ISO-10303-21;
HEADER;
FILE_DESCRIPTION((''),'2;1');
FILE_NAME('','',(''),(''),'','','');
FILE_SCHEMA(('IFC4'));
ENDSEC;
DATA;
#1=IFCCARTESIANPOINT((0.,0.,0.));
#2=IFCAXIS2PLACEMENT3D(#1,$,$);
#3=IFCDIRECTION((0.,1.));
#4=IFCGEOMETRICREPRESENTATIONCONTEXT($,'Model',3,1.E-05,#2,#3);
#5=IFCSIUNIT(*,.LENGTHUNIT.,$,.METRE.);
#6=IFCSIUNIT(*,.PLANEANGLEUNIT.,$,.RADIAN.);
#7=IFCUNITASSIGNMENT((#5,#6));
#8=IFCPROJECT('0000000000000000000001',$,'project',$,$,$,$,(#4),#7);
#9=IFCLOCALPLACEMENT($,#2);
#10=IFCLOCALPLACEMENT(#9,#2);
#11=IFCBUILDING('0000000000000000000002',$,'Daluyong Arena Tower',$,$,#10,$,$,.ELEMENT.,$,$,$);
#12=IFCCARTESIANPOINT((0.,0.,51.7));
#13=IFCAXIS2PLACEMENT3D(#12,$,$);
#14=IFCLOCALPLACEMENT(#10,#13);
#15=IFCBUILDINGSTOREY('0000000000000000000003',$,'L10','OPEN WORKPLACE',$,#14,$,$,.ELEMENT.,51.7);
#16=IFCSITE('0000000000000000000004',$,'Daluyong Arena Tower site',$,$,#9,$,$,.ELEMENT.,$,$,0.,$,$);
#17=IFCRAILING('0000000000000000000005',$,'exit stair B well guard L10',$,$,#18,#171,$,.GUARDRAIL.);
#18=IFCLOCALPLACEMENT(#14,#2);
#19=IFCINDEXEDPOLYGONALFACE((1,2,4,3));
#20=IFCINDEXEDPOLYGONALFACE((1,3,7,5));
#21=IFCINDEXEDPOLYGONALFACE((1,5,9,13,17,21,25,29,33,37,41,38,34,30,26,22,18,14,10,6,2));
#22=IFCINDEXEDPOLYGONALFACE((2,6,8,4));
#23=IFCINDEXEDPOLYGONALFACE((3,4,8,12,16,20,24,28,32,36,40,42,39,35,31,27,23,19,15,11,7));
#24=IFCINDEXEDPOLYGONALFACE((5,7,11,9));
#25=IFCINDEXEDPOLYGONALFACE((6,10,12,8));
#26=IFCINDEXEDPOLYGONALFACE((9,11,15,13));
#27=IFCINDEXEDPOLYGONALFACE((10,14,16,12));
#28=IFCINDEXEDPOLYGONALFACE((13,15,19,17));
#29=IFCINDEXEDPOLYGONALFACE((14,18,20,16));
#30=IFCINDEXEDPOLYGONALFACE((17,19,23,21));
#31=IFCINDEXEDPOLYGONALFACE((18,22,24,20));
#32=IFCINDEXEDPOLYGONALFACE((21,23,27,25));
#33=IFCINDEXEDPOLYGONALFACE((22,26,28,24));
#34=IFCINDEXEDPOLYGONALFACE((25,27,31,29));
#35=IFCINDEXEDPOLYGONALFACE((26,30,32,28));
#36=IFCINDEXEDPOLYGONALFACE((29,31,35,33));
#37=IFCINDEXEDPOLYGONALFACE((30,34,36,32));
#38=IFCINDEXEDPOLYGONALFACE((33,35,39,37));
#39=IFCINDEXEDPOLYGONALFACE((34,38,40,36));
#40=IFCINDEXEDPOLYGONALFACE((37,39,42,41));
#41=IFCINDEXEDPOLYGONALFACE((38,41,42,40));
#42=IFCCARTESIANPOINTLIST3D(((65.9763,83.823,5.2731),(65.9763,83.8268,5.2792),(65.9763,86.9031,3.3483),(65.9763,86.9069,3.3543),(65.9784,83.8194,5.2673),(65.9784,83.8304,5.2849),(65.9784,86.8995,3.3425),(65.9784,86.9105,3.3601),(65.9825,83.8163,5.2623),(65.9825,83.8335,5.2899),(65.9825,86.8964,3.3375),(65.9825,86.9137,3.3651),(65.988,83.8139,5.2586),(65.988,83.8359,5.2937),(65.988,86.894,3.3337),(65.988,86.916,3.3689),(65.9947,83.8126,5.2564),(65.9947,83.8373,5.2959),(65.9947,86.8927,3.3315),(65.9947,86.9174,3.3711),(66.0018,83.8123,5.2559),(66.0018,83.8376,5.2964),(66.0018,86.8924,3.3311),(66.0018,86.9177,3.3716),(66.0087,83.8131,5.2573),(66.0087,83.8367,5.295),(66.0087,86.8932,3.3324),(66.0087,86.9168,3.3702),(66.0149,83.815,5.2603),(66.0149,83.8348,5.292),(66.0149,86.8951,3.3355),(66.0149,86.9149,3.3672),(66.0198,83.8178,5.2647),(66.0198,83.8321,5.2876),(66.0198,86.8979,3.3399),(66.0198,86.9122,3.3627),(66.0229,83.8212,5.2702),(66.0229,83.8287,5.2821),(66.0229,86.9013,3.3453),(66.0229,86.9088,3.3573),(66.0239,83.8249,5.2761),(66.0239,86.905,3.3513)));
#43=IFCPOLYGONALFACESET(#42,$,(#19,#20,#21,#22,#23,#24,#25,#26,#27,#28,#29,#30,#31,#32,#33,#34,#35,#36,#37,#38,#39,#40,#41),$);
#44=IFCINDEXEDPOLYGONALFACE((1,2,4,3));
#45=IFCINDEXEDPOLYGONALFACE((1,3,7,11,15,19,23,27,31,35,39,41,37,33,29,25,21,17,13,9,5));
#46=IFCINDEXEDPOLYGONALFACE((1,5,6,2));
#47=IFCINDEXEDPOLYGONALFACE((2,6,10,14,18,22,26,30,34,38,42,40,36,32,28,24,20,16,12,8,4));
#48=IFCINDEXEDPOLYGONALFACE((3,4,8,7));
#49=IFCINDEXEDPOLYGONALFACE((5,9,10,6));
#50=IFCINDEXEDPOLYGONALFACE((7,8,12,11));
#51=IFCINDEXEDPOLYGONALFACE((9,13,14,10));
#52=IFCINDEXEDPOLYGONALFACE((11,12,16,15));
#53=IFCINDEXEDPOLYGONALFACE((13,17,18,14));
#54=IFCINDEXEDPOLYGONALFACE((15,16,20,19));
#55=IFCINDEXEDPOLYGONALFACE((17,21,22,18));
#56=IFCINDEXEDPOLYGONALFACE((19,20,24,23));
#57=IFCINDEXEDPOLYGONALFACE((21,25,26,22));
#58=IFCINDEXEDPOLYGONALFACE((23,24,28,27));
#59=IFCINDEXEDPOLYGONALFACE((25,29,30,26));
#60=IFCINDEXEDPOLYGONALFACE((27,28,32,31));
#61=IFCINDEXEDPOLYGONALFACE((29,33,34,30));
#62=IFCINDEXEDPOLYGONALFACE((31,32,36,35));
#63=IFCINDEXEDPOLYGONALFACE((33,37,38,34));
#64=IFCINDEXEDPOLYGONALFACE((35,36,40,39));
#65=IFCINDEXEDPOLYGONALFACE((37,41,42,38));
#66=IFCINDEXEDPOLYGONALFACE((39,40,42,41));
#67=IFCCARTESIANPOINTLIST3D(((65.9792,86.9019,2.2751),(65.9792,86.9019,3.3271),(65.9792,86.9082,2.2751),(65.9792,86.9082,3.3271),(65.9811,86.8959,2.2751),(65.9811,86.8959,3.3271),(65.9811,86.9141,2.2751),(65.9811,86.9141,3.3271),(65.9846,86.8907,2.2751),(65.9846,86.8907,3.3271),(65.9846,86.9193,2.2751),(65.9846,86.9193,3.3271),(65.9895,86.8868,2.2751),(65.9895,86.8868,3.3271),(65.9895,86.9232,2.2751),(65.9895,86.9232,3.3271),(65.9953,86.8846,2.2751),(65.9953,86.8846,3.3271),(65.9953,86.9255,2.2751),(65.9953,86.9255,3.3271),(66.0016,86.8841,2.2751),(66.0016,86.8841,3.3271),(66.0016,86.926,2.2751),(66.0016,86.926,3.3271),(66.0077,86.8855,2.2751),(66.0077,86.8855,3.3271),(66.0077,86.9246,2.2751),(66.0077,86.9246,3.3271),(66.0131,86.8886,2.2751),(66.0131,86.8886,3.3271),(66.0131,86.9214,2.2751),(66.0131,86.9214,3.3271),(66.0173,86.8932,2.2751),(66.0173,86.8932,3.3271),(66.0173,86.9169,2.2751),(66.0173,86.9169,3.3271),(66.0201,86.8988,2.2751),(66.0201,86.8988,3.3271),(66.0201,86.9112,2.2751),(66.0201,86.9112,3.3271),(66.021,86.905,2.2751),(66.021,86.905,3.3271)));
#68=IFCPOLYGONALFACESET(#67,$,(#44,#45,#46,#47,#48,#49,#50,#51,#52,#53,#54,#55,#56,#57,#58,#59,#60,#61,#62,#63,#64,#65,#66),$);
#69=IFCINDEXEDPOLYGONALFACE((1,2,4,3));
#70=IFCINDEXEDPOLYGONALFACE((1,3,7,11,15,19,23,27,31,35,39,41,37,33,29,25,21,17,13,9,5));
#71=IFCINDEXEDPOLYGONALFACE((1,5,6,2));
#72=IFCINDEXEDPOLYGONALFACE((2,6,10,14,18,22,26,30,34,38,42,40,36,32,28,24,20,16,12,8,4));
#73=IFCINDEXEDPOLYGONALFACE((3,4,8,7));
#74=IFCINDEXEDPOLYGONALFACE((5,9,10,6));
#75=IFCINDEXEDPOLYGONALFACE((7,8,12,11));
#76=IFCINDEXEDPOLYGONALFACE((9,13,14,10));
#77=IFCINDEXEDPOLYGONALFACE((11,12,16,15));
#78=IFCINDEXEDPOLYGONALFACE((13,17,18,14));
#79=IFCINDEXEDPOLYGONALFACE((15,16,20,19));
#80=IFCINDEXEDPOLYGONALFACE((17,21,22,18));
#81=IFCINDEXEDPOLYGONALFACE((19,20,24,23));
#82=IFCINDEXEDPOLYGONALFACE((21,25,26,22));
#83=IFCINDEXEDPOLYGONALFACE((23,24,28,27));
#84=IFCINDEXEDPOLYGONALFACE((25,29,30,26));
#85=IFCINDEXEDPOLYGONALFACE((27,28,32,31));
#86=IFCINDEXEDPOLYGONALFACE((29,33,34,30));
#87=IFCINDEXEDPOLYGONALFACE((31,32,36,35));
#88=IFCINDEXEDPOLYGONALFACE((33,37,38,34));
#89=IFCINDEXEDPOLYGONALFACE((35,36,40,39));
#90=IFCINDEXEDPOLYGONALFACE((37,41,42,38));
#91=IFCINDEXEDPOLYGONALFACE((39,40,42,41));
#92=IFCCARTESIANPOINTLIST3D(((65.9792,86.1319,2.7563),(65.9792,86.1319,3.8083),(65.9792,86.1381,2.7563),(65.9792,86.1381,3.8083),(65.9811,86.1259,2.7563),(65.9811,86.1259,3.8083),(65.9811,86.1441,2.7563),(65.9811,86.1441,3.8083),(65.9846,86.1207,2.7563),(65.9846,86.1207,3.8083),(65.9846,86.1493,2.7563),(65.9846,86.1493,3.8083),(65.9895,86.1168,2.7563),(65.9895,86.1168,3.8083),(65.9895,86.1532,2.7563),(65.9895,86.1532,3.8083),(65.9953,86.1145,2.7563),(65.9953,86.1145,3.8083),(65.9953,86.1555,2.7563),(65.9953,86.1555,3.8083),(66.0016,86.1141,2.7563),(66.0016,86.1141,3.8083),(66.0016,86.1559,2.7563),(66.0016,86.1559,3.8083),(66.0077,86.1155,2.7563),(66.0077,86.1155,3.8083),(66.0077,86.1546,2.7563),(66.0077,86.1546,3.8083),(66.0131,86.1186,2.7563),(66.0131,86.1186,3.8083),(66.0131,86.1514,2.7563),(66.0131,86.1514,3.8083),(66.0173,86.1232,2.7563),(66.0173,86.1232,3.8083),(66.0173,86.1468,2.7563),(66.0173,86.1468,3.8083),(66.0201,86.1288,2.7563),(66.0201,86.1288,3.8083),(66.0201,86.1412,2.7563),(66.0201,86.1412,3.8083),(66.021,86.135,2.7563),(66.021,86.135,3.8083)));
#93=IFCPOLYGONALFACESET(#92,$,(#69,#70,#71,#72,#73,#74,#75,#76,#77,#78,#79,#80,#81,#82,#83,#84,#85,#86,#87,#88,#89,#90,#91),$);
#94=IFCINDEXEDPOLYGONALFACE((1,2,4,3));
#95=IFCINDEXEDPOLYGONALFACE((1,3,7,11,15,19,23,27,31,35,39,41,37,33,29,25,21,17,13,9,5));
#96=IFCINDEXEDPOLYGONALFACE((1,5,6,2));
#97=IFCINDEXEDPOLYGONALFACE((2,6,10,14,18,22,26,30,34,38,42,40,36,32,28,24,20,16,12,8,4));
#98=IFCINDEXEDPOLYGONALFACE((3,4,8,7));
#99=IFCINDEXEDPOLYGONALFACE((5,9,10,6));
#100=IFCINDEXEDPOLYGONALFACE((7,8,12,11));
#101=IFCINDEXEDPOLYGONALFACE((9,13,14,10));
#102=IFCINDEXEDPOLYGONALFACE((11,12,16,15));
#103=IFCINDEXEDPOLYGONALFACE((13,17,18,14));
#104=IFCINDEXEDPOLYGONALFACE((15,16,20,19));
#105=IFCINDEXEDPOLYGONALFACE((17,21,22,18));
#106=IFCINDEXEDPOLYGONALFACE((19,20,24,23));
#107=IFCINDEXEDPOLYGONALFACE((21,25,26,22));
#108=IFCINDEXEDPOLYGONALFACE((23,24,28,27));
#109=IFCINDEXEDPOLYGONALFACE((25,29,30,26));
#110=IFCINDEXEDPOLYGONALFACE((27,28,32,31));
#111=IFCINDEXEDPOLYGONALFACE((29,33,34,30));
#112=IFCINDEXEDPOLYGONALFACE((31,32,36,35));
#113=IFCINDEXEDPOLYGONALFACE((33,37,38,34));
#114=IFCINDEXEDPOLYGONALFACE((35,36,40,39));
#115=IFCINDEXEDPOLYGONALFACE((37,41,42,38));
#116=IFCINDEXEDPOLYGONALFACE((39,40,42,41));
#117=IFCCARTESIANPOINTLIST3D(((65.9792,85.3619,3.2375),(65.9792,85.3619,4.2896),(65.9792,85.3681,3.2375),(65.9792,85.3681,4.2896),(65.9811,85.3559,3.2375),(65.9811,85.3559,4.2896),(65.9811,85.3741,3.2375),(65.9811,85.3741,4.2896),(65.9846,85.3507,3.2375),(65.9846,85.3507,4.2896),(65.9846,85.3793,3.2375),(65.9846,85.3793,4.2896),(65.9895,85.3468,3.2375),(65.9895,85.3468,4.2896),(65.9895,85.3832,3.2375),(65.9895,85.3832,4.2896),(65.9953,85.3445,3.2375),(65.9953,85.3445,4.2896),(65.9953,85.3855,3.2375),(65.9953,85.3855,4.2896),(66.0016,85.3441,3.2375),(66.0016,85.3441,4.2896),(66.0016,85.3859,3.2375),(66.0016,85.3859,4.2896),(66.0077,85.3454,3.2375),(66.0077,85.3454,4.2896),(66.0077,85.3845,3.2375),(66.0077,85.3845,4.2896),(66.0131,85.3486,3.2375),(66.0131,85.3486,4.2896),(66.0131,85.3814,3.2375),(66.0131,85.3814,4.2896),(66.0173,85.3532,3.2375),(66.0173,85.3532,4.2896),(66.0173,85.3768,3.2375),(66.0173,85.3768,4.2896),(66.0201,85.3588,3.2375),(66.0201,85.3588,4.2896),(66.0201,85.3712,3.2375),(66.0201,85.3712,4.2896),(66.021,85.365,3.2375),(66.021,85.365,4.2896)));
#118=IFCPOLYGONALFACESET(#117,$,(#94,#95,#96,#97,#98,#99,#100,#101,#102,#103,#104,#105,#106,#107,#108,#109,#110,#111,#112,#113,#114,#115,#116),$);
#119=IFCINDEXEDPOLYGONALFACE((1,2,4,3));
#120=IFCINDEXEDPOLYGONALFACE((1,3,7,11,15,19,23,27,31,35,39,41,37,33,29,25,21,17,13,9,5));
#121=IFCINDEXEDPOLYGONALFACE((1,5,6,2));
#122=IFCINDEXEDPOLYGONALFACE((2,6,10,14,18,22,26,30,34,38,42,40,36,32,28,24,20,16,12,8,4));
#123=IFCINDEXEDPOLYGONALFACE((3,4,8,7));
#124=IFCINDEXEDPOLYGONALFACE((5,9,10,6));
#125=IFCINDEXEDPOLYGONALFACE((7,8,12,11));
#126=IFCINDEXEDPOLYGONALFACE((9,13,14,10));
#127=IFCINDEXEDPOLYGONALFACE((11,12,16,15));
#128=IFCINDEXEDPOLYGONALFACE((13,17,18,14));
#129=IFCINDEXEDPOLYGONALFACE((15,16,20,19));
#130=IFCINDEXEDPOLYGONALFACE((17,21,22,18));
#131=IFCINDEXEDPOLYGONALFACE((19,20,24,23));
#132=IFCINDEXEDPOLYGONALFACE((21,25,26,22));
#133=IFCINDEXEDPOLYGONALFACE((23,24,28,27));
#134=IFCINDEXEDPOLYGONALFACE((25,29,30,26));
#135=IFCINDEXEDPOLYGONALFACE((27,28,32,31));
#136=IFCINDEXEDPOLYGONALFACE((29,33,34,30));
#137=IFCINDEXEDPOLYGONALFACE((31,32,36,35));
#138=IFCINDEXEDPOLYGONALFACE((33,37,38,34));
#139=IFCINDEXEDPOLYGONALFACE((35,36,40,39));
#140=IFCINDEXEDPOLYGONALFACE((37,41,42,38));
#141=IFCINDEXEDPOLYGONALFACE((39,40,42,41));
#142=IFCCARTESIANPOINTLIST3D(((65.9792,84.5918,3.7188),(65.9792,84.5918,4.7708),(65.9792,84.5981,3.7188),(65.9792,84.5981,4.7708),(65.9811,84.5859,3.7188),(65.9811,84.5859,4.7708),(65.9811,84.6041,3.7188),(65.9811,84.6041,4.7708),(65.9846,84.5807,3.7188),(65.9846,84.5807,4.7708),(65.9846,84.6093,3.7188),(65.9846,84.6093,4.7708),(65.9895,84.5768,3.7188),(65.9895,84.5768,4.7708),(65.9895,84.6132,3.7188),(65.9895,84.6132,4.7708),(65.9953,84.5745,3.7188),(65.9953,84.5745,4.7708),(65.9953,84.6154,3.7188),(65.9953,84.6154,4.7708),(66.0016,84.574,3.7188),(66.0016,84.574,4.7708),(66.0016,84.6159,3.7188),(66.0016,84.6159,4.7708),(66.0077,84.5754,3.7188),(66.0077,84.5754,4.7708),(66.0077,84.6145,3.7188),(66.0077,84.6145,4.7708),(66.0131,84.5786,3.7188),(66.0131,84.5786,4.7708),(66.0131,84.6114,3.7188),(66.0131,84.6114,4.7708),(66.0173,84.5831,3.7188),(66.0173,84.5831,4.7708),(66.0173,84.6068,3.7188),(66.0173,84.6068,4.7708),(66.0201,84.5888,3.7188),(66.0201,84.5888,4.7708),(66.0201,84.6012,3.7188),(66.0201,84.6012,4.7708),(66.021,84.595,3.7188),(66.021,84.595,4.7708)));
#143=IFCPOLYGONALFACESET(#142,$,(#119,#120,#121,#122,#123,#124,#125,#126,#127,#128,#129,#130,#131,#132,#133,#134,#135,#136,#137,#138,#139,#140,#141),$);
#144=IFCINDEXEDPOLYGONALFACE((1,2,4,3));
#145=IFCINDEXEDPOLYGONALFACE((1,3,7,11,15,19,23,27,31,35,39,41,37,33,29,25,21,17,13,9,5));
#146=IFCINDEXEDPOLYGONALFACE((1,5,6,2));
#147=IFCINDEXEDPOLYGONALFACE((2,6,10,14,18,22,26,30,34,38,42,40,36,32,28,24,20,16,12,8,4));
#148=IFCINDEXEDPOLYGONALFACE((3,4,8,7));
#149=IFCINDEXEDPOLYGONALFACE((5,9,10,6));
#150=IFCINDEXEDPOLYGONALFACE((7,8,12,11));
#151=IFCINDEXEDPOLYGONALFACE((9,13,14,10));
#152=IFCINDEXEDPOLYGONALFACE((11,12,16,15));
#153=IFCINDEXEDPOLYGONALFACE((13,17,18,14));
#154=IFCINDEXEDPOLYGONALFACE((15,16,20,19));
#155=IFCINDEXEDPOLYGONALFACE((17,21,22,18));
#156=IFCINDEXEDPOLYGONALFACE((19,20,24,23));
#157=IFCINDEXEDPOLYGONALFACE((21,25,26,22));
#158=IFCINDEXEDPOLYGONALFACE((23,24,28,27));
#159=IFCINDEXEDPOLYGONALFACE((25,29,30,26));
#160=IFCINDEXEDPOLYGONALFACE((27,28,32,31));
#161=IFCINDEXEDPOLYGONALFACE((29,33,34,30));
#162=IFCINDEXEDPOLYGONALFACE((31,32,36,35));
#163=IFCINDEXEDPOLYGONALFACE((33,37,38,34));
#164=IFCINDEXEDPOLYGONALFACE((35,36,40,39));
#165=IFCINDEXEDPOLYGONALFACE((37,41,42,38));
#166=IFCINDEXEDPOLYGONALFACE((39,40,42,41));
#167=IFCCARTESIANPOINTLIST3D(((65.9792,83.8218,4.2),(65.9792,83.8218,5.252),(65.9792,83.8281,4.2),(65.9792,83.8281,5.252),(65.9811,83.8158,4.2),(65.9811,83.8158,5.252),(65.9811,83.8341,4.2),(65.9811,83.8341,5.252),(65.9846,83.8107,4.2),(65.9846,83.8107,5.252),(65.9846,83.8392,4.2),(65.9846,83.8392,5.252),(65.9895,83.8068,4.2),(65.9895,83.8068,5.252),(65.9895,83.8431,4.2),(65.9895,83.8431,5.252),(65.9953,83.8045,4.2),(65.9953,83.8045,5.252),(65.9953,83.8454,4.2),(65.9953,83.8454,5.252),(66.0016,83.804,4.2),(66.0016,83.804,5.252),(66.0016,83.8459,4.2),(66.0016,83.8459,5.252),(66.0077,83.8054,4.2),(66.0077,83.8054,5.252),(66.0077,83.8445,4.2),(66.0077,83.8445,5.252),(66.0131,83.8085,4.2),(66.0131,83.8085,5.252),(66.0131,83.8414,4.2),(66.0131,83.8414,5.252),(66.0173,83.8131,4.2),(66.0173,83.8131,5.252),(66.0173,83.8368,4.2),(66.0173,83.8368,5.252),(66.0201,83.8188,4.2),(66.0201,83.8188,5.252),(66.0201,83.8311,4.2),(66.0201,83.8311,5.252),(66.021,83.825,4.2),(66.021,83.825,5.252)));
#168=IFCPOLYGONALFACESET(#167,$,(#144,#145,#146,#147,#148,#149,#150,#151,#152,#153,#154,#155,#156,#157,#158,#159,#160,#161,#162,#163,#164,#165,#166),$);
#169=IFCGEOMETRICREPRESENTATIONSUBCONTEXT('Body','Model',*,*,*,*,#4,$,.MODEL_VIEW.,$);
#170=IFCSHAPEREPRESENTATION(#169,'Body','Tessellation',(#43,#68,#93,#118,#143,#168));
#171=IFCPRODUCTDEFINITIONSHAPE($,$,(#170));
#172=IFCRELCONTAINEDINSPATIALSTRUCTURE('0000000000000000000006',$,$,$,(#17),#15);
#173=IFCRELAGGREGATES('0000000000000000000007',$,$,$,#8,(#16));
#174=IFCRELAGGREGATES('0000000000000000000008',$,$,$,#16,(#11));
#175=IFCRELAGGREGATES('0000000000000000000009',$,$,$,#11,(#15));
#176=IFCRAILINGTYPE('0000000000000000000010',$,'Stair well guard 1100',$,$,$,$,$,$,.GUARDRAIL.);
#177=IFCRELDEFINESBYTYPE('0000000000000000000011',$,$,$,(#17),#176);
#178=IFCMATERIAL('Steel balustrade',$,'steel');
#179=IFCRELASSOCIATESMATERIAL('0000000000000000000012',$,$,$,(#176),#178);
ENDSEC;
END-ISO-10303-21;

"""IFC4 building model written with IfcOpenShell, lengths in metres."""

from ifc_helpers import new_model, si_unit, direction, frame, origin, origin_2d, place, context, subcontext, project, spatial, circle, extrude, material, type_object, element, save


model = new_model("IFC4")

# Units and contexts
model_context = context("Model", 3, precision=1e-05, world=origin(), true_north=direction((0.0, 1.0)))
body_context = subcontext(model_context, "Body", "Model", "MODEL_VIEW")
ifc_project = project(units=[si_unit("LENGTHUNIT", "METRE"), si_unit("PLANEANGLEUNIT", "RADIAN")], contexts=[model_context])

# Site, building, storey
site_placement = place(None, origin())
site = spatial("IfcSite", under=ifc_project, at=site_placement, Name="Daluyong Arena Tower site", CompositionType="ELEMENT", RefElevation=0.0)
building_placement = place(site_placement, origin())
building = spatial("IfcBuilding", under=site, at=building_placement, Name="Daluyong Arena Tower", CompositionType="ELEMENT")
storey_placement = place(building_placement, frame((0.0, 0.0, 51.7)))
storey = spatial("IfcBuildingStorey", under=building, at=storey_placement, Name="L10", Description="OPEN WORKPLACE", CompositionType="ELEMENT", Elevation=51.7)

# Railing
ifc_material_1 = material(Name="Steel balustrade", Category="steel")
railing_type_1 = type_object("IfcRailingType", Name="Stair well guard 1100", PredefinedType="GUARDRAIL", material=ifc_material_1)
railing_1_placement = place(storey_placement, frame((66.0, 86.905, 2.2751)))
element("IfcRailing", 1, at=railing_1_placement, inside=storey, type_object=railing_type_1, Name="exit stair B well guard L10", PredefinedType="GUARDRAIL", context=body_context, shape_type="SweptSolid", body=[
    extrude(circle(Radius=0.0239, at=origin_2d()), frame((0.0, 0.0, 1.0762), z_axis=(0.0, -0.848029, 0.529951), x_axis=(1.0, 0.0, 0.0)), (0.0, 0.0, 1.0), 3.6321),
    extrude(circle(Radius=0.021, at=origin_2d()), origin(), (0.0, 0.0, 1.0), 1.052),
    extrude(circle(Radius=0.021, at=origin_2d()), frame((0.0, -0.77, 0.4812)), (0.0, 0.0, 1.0), 1.052),
    extrude(circle(Radius=0.021, at=origin_2d()), frame((0.0, -1.54, 0.9624)), (0.0, 0.0, 1.0), 1.052),
    extrude(circle(Radius=0.021, at=origin_2d()), frame((0.0, -2.3101, 1.4436)), (0.0, 0.0, 1.0), 1.052),
    extrude(circle(Radius=0.021, at=origin_2d()), frame((0.0, -3.0801, 1.9248)), (0.0, 0.0, 1.0), 1.052),
])

save(model, "model.ifc")
